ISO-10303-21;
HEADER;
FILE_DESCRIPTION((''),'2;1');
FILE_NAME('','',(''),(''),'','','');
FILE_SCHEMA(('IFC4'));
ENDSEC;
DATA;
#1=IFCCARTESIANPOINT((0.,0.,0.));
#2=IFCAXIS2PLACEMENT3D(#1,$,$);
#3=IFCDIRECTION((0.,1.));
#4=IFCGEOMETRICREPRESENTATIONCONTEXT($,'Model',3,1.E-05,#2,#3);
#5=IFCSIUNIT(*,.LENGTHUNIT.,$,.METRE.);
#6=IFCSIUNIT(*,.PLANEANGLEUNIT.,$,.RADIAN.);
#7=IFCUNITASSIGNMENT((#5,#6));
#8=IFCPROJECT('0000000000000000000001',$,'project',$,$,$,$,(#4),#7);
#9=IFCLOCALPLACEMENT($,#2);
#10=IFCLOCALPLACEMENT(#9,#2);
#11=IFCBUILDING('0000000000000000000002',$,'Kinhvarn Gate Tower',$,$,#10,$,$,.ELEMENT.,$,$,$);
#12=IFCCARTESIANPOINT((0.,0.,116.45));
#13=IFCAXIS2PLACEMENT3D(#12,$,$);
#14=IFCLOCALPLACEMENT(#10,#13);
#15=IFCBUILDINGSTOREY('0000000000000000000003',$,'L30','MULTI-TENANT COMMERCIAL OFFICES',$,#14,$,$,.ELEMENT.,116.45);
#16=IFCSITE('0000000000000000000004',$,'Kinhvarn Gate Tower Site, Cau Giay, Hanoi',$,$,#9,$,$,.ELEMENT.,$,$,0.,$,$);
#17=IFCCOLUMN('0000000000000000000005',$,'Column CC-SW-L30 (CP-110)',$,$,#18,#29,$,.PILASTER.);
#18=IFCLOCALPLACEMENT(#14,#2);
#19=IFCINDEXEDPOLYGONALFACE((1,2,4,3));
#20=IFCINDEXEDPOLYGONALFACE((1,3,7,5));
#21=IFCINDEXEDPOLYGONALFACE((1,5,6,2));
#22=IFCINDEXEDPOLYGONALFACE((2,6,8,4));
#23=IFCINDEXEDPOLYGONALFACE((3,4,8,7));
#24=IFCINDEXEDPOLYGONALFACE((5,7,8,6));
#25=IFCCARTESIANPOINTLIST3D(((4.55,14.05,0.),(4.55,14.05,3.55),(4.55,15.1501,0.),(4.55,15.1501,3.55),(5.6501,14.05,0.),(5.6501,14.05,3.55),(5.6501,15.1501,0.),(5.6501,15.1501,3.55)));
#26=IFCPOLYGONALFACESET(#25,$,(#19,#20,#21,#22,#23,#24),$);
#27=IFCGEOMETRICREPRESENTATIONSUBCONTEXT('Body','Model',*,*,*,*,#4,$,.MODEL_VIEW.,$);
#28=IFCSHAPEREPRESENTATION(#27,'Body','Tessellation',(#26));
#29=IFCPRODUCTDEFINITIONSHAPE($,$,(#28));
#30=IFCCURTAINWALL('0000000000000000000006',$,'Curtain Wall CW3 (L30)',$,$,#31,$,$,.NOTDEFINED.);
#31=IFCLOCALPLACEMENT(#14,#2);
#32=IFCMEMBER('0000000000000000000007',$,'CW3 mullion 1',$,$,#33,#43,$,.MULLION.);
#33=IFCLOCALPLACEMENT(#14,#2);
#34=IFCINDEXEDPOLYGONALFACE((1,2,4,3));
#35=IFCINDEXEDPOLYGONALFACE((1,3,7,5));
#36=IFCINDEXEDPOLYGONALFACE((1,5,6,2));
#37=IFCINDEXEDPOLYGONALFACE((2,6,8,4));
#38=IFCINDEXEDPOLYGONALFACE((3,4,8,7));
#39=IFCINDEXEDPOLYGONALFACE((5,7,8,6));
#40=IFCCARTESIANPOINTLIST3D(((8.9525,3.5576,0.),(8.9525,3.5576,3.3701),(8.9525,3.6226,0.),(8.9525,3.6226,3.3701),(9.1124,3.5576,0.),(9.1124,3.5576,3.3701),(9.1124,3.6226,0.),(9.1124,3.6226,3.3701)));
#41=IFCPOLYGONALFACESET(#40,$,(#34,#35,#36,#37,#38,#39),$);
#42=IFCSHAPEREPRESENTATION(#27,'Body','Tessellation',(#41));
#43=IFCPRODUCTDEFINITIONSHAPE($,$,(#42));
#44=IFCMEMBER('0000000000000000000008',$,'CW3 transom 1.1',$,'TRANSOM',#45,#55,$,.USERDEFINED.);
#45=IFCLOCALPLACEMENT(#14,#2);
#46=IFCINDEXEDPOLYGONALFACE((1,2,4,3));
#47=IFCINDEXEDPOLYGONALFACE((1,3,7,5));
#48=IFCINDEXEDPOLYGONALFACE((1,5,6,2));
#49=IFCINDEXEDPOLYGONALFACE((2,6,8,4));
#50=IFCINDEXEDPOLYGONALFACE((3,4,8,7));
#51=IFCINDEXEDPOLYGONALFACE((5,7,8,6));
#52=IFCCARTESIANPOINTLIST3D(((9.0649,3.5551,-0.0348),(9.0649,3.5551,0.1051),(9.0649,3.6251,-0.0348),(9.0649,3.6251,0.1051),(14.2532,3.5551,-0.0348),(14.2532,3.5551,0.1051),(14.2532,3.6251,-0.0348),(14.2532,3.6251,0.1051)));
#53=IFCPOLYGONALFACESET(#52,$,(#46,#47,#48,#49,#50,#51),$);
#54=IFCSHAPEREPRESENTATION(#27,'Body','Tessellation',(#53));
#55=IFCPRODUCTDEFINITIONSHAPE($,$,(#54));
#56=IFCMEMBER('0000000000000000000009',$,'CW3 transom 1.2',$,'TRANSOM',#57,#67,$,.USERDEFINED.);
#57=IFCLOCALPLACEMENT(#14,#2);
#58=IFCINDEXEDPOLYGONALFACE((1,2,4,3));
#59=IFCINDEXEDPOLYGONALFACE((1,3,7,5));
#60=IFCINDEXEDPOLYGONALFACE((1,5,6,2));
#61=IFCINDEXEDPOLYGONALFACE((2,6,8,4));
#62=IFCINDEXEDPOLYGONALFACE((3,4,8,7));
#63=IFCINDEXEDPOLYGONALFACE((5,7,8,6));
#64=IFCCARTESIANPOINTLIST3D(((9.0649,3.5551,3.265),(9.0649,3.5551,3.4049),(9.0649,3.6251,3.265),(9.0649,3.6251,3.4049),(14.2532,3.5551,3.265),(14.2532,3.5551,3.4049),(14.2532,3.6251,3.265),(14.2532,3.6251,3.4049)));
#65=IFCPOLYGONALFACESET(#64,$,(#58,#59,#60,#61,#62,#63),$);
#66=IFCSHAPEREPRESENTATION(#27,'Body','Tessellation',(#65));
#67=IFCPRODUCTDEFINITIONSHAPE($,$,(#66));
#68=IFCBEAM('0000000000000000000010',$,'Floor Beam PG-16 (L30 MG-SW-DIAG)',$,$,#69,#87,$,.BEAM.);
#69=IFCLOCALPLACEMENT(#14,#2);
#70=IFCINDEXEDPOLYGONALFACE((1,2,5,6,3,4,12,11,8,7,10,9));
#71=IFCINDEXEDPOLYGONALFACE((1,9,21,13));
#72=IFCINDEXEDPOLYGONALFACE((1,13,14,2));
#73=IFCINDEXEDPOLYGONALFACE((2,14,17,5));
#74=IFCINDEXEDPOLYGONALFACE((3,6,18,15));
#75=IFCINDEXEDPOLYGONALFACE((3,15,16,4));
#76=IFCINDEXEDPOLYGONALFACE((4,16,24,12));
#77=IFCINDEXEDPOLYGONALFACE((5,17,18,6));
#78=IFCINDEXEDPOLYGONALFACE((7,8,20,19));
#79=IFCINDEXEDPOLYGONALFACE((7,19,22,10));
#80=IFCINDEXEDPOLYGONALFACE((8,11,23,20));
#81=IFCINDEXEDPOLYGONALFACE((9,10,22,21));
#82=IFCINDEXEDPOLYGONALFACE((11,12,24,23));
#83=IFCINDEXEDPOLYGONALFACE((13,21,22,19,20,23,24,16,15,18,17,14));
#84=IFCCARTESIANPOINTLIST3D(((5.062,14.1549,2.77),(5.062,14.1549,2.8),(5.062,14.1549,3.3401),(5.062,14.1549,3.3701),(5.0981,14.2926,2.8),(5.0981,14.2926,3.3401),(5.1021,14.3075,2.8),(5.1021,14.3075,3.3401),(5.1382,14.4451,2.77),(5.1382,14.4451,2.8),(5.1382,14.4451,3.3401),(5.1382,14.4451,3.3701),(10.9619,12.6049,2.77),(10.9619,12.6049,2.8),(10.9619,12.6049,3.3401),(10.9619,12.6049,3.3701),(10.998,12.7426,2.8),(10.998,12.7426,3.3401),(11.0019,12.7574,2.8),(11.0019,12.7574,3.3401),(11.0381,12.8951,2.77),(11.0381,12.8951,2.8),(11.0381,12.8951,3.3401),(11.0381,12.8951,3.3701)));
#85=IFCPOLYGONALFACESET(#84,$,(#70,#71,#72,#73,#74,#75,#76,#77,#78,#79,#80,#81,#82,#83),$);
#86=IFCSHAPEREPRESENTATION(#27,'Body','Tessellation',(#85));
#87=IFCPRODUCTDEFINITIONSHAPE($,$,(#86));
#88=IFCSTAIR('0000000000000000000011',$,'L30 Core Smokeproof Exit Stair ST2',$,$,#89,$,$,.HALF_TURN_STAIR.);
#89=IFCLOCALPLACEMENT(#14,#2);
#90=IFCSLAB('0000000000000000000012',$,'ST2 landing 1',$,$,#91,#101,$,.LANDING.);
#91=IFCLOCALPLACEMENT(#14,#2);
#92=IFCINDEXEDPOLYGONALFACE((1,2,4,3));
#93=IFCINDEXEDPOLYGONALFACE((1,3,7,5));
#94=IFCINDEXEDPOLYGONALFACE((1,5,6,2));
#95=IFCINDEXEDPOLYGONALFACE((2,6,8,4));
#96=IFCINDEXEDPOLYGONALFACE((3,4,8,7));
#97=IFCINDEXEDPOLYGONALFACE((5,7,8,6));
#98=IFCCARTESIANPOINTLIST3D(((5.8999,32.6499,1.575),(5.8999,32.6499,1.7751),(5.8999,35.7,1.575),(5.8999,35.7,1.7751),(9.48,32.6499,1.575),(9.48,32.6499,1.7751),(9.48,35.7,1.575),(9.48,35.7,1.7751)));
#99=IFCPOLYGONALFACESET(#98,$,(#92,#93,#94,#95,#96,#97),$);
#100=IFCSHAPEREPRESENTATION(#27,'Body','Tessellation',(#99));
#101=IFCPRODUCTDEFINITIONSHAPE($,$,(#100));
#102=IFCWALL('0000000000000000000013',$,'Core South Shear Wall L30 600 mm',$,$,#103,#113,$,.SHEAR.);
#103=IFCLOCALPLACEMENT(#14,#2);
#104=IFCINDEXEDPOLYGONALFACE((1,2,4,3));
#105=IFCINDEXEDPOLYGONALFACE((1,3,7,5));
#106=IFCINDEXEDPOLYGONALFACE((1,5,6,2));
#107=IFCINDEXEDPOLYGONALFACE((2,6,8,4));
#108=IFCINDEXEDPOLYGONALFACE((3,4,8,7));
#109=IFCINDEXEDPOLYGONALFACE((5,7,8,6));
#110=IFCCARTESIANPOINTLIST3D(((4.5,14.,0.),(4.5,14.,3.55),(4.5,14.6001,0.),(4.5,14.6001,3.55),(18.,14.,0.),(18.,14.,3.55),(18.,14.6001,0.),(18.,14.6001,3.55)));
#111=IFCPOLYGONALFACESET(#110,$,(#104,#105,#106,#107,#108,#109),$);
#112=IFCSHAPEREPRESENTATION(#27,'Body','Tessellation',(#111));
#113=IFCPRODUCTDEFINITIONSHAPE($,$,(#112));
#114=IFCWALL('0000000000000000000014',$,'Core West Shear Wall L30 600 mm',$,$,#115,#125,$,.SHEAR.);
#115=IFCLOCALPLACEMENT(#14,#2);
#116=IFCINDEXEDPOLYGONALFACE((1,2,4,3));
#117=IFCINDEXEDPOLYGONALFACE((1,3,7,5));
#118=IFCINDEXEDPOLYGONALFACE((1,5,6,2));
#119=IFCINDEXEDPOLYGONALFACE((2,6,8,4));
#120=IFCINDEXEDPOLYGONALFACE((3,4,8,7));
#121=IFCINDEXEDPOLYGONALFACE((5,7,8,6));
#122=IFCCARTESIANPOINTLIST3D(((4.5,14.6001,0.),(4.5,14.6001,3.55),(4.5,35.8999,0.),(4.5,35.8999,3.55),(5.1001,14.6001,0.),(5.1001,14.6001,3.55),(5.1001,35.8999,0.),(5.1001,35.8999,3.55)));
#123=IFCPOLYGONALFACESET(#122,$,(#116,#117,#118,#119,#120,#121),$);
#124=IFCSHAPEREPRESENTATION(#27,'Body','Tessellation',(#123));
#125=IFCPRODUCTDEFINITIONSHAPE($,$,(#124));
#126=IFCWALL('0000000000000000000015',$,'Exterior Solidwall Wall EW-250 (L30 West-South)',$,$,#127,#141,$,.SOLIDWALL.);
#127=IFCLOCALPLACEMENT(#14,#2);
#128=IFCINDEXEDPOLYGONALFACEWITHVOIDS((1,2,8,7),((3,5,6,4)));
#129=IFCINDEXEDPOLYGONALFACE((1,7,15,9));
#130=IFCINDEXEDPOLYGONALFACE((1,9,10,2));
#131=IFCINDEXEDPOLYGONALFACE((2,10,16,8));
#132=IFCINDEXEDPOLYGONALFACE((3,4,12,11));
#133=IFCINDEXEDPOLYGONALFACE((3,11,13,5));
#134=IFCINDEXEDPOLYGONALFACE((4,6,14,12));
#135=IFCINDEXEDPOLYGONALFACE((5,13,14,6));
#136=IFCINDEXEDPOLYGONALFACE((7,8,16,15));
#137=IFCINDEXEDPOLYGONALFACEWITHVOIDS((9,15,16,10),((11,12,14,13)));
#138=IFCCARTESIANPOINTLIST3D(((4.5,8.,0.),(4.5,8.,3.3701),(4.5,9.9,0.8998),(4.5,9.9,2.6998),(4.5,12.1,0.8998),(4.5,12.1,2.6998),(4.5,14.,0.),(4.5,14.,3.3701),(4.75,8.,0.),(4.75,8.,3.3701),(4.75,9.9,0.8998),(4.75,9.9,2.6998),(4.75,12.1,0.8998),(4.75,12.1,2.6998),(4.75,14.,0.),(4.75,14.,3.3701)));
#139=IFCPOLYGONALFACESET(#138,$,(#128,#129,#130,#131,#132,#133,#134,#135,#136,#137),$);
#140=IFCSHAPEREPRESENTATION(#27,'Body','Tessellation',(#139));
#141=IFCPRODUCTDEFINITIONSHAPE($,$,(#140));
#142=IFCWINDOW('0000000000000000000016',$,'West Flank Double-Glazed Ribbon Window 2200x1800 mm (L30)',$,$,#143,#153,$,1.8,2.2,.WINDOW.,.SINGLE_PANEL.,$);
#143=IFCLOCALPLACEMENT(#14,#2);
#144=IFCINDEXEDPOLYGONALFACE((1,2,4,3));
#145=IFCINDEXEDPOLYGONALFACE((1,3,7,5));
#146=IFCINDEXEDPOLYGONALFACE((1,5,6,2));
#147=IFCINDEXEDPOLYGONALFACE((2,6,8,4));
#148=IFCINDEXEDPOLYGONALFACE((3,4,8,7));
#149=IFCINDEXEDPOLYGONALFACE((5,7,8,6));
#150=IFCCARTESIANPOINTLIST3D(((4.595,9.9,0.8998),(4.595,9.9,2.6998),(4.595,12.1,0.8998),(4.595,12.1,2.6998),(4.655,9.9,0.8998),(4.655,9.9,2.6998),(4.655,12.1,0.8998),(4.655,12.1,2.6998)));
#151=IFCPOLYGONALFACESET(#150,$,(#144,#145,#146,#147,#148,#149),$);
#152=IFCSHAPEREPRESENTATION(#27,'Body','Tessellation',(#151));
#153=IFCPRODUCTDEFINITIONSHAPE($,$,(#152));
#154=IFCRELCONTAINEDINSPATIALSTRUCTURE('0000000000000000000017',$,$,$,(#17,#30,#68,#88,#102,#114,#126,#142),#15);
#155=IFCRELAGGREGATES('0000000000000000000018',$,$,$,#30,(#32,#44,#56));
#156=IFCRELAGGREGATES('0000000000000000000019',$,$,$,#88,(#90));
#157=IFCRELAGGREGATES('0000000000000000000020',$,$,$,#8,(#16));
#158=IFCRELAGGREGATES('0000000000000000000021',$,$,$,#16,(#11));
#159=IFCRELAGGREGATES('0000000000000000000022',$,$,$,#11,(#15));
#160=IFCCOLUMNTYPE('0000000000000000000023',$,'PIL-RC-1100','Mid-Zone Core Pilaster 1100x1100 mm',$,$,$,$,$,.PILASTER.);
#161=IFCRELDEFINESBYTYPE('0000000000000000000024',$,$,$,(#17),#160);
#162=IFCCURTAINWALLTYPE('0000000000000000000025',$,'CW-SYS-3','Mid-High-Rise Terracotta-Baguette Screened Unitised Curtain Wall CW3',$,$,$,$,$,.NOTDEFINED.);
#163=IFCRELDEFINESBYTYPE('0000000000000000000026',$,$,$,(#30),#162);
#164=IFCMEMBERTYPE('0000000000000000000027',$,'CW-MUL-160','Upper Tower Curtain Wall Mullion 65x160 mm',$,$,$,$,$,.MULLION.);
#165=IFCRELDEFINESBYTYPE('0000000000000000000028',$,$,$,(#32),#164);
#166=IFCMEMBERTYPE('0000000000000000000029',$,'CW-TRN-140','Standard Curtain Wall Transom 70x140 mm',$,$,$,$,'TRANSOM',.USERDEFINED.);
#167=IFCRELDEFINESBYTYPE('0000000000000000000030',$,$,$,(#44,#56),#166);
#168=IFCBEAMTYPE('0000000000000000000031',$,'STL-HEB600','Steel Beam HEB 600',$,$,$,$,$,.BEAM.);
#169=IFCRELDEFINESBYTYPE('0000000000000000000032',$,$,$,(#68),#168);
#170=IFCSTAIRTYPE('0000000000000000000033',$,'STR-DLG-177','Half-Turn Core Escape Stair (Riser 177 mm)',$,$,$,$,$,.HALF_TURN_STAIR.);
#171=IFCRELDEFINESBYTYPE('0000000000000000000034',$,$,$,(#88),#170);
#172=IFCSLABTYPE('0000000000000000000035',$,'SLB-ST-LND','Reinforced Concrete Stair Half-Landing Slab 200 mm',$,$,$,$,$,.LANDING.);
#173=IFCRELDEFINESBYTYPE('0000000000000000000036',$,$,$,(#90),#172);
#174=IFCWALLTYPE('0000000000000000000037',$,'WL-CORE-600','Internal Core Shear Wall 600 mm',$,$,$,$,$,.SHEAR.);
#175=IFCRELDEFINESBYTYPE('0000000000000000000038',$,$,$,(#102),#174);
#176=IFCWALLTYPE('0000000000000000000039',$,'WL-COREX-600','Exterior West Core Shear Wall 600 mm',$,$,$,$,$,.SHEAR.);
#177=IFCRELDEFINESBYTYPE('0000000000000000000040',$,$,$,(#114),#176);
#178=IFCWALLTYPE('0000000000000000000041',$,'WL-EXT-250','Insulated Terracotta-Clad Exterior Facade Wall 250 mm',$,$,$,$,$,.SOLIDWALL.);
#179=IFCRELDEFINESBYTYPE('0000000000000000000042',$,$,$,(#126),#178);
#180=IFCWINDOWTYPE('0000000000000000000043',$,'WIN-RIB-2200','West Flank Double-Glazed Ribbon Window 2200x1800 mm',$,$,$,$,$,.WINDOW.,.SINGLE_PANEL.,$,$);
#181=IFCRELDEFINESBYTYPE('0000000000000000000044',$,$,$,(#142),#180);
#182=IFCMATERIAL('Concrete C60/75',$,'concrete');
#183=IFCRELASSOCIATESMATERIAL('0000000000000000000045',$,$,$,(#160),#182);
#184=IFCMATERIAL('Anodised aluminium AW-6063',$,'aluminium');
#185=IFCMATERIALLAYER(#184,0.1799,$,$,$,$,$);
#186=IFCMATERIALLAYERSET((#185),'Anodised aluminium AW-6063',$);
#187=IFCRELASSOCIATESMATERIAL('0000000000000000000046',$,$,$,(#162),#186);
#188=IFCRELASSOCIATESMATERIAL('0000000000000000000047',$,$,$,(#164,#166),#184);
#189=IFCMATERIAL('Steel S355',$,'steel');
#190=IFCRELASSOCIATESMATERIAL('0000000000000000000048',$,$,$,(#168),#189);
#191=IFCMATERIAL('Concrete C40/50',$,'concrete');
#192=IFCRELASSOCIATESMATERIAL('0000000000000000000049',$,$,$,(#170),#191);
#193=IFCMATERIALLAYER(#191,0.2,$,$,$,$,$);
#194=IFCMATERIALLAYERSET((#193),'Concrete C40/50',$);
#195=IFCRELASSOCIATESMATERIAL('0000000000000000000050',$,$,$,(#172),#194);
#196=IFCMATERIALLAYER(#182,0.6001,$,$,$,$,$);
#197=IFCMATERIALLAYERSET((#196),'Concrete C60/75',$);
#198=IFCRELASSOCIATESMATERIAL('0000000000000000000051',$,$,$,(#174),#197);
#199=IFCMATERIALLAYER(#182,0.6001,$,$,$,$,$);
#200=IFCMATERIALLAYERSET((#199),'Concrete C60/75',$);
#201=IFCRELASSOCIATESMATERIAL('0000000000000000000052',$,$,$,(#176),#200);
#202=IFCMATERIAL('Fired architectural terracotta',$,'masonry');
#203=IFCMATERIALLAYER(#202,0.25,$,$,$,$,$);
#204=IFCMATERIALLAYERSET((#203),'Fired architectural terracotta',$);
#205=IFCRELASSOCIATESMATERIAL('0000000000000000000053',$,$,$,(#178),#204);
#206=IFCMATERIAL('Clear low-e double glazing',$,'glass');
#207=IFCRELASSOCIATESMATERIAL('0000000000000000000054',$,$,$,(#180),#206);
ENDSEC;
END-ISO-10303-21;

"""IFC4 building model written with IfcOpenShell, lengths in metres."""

from ifc_helpers import new_model, si_unit, direction, frame, frame_2d, origin, origin_2d, place, context, subcontext, project, spatial, polyline, rectangle, i_section, outline, extrude, material, layer, layer_set, material_profile, profile_set, type_object, element, fill, aggregate, save


model = new_model("IFC4")

# Units and contexts
model_context = context("Model", 3, precision=1e-05, world=origin(), true_north=direction((0.0, 1.0)))
body_context = subcontext(model_context, "Body", "Model", "MODEL_VIEW")
ifc_project = project(units=[si_unit("LENGTHUNIT", "METRE"), si_unit("PLANEANGLEUNIT", "RADIAN")], contexts=[model_context])

# Site, building, storey
site_placement = place(None, origin())
site = spatial("IfcSite", under=ifc_project, at=site_placement, Name="Kinhvarn Gate Tower Site, Cau Giay, Hanoi", CompositionType="ELEMENT", RefElevation=0.0)
building_placement = place(site_placement, origin())
building = spatial("IfcBuilding", under=site, at=building_placement, Name="Kinhvarn Gate Tower", CompositionType="ELEMENT")
storey_placement = place(building_placement, frame((0.0, 0.0, 116.45)))
storey = spatial("IfcBuildingStorey", under=building, at=storey_placement, Name="L30", Description="MULTI-TENANT COMMERCIAL OFFICES", CompositionType="ELEMENT", Elevation=116.45)

# Column
ifc_material_1 = material(Name="Concrete C60/75", Category="concrete")
ifc_material_profile_1 = material_profile(ifc_material_1, rectangle(XDim=1.1001, YDim=1.1001, at=origin_2d()), Name="RC 1100x1100")
ifc_profile_set_1 = profile_set([ifc_material_profile_1], Name="Concrete C60/75")
column_type = type_object("IfcColumnType", Name="PIL-RC-1100", Description="Mid-Zone Core Pilaster 1100x1100 mm", PredefinedType="PILASTER", material=ifc_profile_set_1)
column_placement = place(storey_placement, frame((5.1001, 14.6001, 0.0), z_axis=(0.0, 0.0, 1.0), x_axis=(1.0, 0.0, 0.0)))
element("IfcColumn", 1, at=column_placement, inside=storey, type_object=column_type, Name="Column CC-SW-L30 (CP-110)", PredefinedType="PILASTER", context=body_context, shape_type="SweptSolid", body=[
    extrude(rectangle(XDim=1.1001, YDim=1.1001, at=origin_2d()), origin(), (0.0, 0.0, 1.0), 3.55),
])

# Curtain wall, members
ifc_material_2 = material(Name="Anodised aluminium AW-6063", Category="aluminium")
ifc_layer_1 = layer(ifc_material_2, 0.1799)
ifc_layer_set_1 = layer_set([ifc_layer_1], Name="Anodised aluminium AW-6063")
curtain_wall_type = type_object("IfcCurtainWallType", Name="CW-SYS-3", Description="Mid-High-Rise Terracotta-Baguette Screened Unitised Curtain Wall CW3", PredefinedType="NOTDEFINED", material=ifc_layer_set_1)
curtain_wall_placement = place(storey_placement, origin())
curtain_wall = element("IfcCurtainWall", 2, at=curtain_wall_placement, inside=storey, type_object=curtain_wall_type, Name="Curtain Wall CW3 (L30)", PredefinedType="NOTDEFINED")
ifc_material_profile_2 = material_profile(ifc_material_2, rectangle(XDim=0.0649, YDim=0.1599, at=origin_2d()), Name="ALU 65x160")
ifc_profile_set_2 = profile_set([ifc_material_profile_2], Name="Anodised aluminium AW-6063")
member_type_1 = type_object("IfcMemberType", Name="CW-MUL-160", Description="Upper Tower Curtain Wall Mullion 65x160 mm", PredefinedType="MULLION", material=ifc_profile_set_2)
member_1_placement = place(storey_placement, frame((9.0325, 3.5901, 0.0), z_axis=(0.0, 0.0, 1.0), x_axis=(0.0, 1.0, 0.0)))
member_1 = element("IfcMember", 3, at=member_1_placement, type_object=member_type_1, Name="CW3 mullion 1", PredefinedType="MULLION", context=body_context, shape_type="SweptSolid", body=[
    extrude(rectangle(XDim=0.0649, YDim=0.1599, at=origin_2d()), origin(), (0.0, 0.0, 1.0), 3.3701),
])
ifc_material_profile_3 = material_profile(ifc_material_2, rectangle(XDim=0.0701, YDim=0.1399, at=origin_2d()), Name="ALU 70x140")
ifc_profile_set_3 = profile_set([ifc_material_profile_3], Name="Anodised aluminium AW-6063")
member_type_2 = type_object("IfcMemberType", Name="CW-TRN-140", Description="Standard Curtain Wall Transom 70x140 mm", ElementType="TRANSOM", PredefinedType="USERDEFINED", material=ifc_profile_set_3)
member_2_placement = place(storey_placement, frame((9.0649, 3.5901, 0.0352), z_axis=(1.0, 0.0, 0.0), x_axis=(0.0, 1.0, 0.0)))
member_2 = element("IfcMember", 4, at=member_2_placement, type_object=member_type_2, Name="CW3 transom 1.1", ObjectType="TRANSOM", PredefinedType="USERDEFINED", context=body_context, shape_type="SweptSolid", body=[
    extrude(rectangle(XDim=0.0701, YDim=0.1399, at=origin_2d()), origin(), (0.0, 0.0, 1.0), 5.1882),
])
member_3_placement = place(storey_placement, frame((9.0649, 3.5901, 3.335), z_axis=(1.0, 0.0, 0.0), x_axis=(0.0, 1.0, 0.0)))
member_3 = element("IfcMember", 5, at=member_3_placement, type_object=member_type_2, Name="CW3 transom 1.2", ObjectType="TRANSOM", PredefinedType="USERDEFINED", context=body_context, shape_type="SweptSolid", body=[
    extrude(rectangle(XDim=0.0701, YDim=0.1399, at=origin_2d()), origin(), (0.0, 0.0, 1.0), 5.1882),
])
aggregate(curtain_wall, [member_1, member_2, member_3])

# Beam
ifc_material_3 = material(Name="Steel S355", Category="steel")
ifc_material_profile_4 = material_profile(ifc_material_3, i_section(OverallWidth=0.3, OverallDepth=0.6001, WebThickness=0.0154, FlangeThickness=0.03, at=origin_2d()), Name="HEB 600")
ifc_profile_set_4 = profile_set([ifc_material_profile_4], Name="Steel S355")
beam_type = type_object("IfcBeamType", Name="STL-HEB600", Description="Steel Beam HEB 600", PredefinedType="BEAM", material=ifc_profile_set_4)
beam_placement = place(storey_placement, frame((5.1001, 14.3, 3.0701), z_axis=(0.967178, -0.254101, 0.0), x_axis=(0.254101, 0.967178, 0.0)))
element("IfcBeam", 6, at=beam_placement, inside=storey, type_object=beam_type, Name="Floor Beam PG-16 (L30 MG-SW-DIAG)", PredefinedType="BEAM", context=body_context, shape_type="SweptSolid", body=[
    extrude(i_section(OverallWidth=0.3, OverallDepth=0.6001, WebThickness=0.0154, FlangeThickness=0.03, at=origin_2d()), origin(), (0.0, 0.0, 1.0), 6.1001),
])

# Stair, slab
ifc_material_4 = material(Name="Concrete C40/50", Category="concrete")
stair_type = type_object("IfcStairType", Name="STR-DLG-177", Description="Half-Turn Core Escape Stair (Riser 177 mm)", PredefinedType="HALF_TURN_STAIR", material=ifc_material_4)
stair_1_placement = place(storey_placement, origin())
stair_1 = element("IfcStair", 7, at=stair_1_placement, inside=storey, type_object=stair_type, Name="L30 Core Smokeproof Exit Stair ST2", PredefinedType="HALF_TURN_STAIR")
ifc_layer_2 = layer(ifc_material_4, 0.2)
ifc_layer_set_2 = layer_set([ifc_layer_2], Name="Concrete C40/50")
slab_type = type_object("IfcSlabType", Name="SLB-ST-LND", Description="Reinforced Concrete Stair Half-Landing Slab 200 mm", PredefinedType="LANDING", material=ifc_layer_set_2)
slab_placement = place(storey_placement, frame((0.0, 0.0, 1.575)))
slab = element("IfcSlab", 8, at=slab_placement, type_object=slab_type, Name="ST2 landing 1", PredefinedType="LANDING", context=body_context, shape_type="SweptSolid", body=[
    extrude(outline(polyline([(9.48, 35.7), (5.8999, 35.7), (5.8999, 32.6499), (9.48, 32.6499), (9.48, 35.7)])), origin(), (0.0, 0.0, 1.0), 0.2002),
])
aggregate(stair_1, [slab])

# Walls
ifc_layer_3 = layer(ifc_material_1, 0.6001)
ifc_layer_set_3 = layer_set([ifc_layer_3], Name="Concrete C60/75")
wall_type_1 = type_object("IfcWallType", Name="WL-CORE-600", Description="Internal Core Shear Wall 600 mm", PredefinedType="SHEAR", material=ifc_layer_set_3)
wall_1_placement = place(storey_placement, frame((4.5, 14.3, 0.0), z_axis=(0.0, 0.0, 1.0), x_axis=(1.0, 0.0, 0.0)))
element("IfcWall", 9, at=wall_1_placement, inside=storey, type_object=wall_type_1, Name="Core South Shear Wall L30 600 mm", PredefinedType="SHEAR", context=body_context, shape_type="SweptSolid", body=[
    extrude(rectangle(XDim=13.5, YDim=0.6001, at=frame_2d((6.75, 0.0))), origin(), (0.0, 0.0, 1.0), 3.55),
])
ifc_layer_4 = layer(ifc_material_1, 0.6001)
ifc_layer_set_4 = layer_set([ifc_layer_4], Name="Concrete C60/75")
wall_type_2 = type_object("IfcWallType", Name="WL-COREX-600", Description="Exterior West Core Shear Wall 600 mm", PredefinedType="SHEAR", material=ifc_layer_set_4)
wall_2_placement = place(storey_placement, frame((4.8, 14.6001, 0.0), z_axis=(0.0, 0.0, 1.0), x_axis=(0.0, 1.0, 0.0)))
element("IfcWall", 10, at=wall_2_placement, inside=storey, type_object=wall_type_2, Name="Core West Shear Wall L30 600 mm", PredefinedType="SHEAR", context=body_context, shape_type="SweptSolid", body=[
    extrude(rectangle(XDim=21.2998, YDim=0.6001, at=frame_2d((10.6499, 0.0))), origin(), (0.0, 0.0, 1.0), 3.55),
])

# Wall, opening, window
ifc_material_5 = material(Name="Fired architectural terracotta", Category="masonry")
ifc_layer_5 = layer(ifc_material_5, 0.25)
ifc_layer_set_5 = layer_set([ifc_layer_5], Name="Fired architectural terracotta")
wall_type_3 = type_object("IfcWallType", Name="WL-EXT-250", Description="Insulated Terracotta-Clad Exterior Facade Wall 250 mm", PredefinedType="SOLIDWALL", material=ifc_layer_set_5)
wall_3_placement = place(storey_placement, frame((4.625, 14.0, 0.0), z_axis=(0.0, 0.0, 1.0), x_axis=(0.0, -1.0, 0.0)))
wall_3 = element("IfcWall", 11, at=wall_3_placement, inside=storey, type_object=wall_type_3, Name="Exterior Solidwall Wall EW-250 (L30 West-South)", PredefinedType="SOLIDWALL", context=body_context, shape_type="SweptSolid", body=[
    extrude(rectangle(XDim=6.0, YDim=0.25, at=frame_2d((3.0, 0.0))), origin(), (0.0, 0.0, 1.0), 3.3701),
])
opening_1_placement = place(wall_3_placement, frame((1.8999, 0.0, 0.8999)))
opening_1 = element("IfcOpeningElement", 12, at=opening_1_placement, cuts=wall_3, PredefinedType="OPENING", context=body_context, shape_type="SweptSolid", body=[
    extrude(rectangle(XDim=2.2, YDim=1.8, at=frame_2d((1.1001, 0.8999))), frame((0.0, 0.135, 0.0), z_axis=(0.0, -1.0, 0.0), x_axis=(1.0, 0.0, 0.0)), (0.0, 0.0, 1.0), 0.27),
])
ifc_material_6 = material(Name="Clear low-e double glazing", Category="glass")
window_type_1 = type_object("IfcWindowType", Name="WIN-RIB-2200", Description="West Flank Double-Glazed Ribbon Window 2200x1800 mm", PartitioningType="SINGLE_PANEL", PredefinedType="WINDOW", material=ifc_material_6)
window_1_placement = place(opening_1_placement, origin())
window_1 = element("IfcWindow", 13, at=window_1_placement, inside=storey, type_object=window_type_1, Name="West Flank Double-Glazed Ribbon Window 2200x1800 mm (L30)", OverallHeight=1.8, OverallWidth=2.2, PartitioningType="SINGLE_PANEL", PredefinedType="WINDOW", context=body_context, shape_type="SweptSolid", body=[
    extrude(rectangle(XDim=2.2, YDim=1.8, at=frame_2d((1.1001, 0.8999))), frame((0.0, 0.03, 0.0), z_axis=(0.0, -1.0, 0.0), x_axis=(1.0, 0.0, 0.0)), (0.0, 0.0, 1.0), 0.0601),
])
fill(opening_1, window_1)

save(model, "model.ifc")
